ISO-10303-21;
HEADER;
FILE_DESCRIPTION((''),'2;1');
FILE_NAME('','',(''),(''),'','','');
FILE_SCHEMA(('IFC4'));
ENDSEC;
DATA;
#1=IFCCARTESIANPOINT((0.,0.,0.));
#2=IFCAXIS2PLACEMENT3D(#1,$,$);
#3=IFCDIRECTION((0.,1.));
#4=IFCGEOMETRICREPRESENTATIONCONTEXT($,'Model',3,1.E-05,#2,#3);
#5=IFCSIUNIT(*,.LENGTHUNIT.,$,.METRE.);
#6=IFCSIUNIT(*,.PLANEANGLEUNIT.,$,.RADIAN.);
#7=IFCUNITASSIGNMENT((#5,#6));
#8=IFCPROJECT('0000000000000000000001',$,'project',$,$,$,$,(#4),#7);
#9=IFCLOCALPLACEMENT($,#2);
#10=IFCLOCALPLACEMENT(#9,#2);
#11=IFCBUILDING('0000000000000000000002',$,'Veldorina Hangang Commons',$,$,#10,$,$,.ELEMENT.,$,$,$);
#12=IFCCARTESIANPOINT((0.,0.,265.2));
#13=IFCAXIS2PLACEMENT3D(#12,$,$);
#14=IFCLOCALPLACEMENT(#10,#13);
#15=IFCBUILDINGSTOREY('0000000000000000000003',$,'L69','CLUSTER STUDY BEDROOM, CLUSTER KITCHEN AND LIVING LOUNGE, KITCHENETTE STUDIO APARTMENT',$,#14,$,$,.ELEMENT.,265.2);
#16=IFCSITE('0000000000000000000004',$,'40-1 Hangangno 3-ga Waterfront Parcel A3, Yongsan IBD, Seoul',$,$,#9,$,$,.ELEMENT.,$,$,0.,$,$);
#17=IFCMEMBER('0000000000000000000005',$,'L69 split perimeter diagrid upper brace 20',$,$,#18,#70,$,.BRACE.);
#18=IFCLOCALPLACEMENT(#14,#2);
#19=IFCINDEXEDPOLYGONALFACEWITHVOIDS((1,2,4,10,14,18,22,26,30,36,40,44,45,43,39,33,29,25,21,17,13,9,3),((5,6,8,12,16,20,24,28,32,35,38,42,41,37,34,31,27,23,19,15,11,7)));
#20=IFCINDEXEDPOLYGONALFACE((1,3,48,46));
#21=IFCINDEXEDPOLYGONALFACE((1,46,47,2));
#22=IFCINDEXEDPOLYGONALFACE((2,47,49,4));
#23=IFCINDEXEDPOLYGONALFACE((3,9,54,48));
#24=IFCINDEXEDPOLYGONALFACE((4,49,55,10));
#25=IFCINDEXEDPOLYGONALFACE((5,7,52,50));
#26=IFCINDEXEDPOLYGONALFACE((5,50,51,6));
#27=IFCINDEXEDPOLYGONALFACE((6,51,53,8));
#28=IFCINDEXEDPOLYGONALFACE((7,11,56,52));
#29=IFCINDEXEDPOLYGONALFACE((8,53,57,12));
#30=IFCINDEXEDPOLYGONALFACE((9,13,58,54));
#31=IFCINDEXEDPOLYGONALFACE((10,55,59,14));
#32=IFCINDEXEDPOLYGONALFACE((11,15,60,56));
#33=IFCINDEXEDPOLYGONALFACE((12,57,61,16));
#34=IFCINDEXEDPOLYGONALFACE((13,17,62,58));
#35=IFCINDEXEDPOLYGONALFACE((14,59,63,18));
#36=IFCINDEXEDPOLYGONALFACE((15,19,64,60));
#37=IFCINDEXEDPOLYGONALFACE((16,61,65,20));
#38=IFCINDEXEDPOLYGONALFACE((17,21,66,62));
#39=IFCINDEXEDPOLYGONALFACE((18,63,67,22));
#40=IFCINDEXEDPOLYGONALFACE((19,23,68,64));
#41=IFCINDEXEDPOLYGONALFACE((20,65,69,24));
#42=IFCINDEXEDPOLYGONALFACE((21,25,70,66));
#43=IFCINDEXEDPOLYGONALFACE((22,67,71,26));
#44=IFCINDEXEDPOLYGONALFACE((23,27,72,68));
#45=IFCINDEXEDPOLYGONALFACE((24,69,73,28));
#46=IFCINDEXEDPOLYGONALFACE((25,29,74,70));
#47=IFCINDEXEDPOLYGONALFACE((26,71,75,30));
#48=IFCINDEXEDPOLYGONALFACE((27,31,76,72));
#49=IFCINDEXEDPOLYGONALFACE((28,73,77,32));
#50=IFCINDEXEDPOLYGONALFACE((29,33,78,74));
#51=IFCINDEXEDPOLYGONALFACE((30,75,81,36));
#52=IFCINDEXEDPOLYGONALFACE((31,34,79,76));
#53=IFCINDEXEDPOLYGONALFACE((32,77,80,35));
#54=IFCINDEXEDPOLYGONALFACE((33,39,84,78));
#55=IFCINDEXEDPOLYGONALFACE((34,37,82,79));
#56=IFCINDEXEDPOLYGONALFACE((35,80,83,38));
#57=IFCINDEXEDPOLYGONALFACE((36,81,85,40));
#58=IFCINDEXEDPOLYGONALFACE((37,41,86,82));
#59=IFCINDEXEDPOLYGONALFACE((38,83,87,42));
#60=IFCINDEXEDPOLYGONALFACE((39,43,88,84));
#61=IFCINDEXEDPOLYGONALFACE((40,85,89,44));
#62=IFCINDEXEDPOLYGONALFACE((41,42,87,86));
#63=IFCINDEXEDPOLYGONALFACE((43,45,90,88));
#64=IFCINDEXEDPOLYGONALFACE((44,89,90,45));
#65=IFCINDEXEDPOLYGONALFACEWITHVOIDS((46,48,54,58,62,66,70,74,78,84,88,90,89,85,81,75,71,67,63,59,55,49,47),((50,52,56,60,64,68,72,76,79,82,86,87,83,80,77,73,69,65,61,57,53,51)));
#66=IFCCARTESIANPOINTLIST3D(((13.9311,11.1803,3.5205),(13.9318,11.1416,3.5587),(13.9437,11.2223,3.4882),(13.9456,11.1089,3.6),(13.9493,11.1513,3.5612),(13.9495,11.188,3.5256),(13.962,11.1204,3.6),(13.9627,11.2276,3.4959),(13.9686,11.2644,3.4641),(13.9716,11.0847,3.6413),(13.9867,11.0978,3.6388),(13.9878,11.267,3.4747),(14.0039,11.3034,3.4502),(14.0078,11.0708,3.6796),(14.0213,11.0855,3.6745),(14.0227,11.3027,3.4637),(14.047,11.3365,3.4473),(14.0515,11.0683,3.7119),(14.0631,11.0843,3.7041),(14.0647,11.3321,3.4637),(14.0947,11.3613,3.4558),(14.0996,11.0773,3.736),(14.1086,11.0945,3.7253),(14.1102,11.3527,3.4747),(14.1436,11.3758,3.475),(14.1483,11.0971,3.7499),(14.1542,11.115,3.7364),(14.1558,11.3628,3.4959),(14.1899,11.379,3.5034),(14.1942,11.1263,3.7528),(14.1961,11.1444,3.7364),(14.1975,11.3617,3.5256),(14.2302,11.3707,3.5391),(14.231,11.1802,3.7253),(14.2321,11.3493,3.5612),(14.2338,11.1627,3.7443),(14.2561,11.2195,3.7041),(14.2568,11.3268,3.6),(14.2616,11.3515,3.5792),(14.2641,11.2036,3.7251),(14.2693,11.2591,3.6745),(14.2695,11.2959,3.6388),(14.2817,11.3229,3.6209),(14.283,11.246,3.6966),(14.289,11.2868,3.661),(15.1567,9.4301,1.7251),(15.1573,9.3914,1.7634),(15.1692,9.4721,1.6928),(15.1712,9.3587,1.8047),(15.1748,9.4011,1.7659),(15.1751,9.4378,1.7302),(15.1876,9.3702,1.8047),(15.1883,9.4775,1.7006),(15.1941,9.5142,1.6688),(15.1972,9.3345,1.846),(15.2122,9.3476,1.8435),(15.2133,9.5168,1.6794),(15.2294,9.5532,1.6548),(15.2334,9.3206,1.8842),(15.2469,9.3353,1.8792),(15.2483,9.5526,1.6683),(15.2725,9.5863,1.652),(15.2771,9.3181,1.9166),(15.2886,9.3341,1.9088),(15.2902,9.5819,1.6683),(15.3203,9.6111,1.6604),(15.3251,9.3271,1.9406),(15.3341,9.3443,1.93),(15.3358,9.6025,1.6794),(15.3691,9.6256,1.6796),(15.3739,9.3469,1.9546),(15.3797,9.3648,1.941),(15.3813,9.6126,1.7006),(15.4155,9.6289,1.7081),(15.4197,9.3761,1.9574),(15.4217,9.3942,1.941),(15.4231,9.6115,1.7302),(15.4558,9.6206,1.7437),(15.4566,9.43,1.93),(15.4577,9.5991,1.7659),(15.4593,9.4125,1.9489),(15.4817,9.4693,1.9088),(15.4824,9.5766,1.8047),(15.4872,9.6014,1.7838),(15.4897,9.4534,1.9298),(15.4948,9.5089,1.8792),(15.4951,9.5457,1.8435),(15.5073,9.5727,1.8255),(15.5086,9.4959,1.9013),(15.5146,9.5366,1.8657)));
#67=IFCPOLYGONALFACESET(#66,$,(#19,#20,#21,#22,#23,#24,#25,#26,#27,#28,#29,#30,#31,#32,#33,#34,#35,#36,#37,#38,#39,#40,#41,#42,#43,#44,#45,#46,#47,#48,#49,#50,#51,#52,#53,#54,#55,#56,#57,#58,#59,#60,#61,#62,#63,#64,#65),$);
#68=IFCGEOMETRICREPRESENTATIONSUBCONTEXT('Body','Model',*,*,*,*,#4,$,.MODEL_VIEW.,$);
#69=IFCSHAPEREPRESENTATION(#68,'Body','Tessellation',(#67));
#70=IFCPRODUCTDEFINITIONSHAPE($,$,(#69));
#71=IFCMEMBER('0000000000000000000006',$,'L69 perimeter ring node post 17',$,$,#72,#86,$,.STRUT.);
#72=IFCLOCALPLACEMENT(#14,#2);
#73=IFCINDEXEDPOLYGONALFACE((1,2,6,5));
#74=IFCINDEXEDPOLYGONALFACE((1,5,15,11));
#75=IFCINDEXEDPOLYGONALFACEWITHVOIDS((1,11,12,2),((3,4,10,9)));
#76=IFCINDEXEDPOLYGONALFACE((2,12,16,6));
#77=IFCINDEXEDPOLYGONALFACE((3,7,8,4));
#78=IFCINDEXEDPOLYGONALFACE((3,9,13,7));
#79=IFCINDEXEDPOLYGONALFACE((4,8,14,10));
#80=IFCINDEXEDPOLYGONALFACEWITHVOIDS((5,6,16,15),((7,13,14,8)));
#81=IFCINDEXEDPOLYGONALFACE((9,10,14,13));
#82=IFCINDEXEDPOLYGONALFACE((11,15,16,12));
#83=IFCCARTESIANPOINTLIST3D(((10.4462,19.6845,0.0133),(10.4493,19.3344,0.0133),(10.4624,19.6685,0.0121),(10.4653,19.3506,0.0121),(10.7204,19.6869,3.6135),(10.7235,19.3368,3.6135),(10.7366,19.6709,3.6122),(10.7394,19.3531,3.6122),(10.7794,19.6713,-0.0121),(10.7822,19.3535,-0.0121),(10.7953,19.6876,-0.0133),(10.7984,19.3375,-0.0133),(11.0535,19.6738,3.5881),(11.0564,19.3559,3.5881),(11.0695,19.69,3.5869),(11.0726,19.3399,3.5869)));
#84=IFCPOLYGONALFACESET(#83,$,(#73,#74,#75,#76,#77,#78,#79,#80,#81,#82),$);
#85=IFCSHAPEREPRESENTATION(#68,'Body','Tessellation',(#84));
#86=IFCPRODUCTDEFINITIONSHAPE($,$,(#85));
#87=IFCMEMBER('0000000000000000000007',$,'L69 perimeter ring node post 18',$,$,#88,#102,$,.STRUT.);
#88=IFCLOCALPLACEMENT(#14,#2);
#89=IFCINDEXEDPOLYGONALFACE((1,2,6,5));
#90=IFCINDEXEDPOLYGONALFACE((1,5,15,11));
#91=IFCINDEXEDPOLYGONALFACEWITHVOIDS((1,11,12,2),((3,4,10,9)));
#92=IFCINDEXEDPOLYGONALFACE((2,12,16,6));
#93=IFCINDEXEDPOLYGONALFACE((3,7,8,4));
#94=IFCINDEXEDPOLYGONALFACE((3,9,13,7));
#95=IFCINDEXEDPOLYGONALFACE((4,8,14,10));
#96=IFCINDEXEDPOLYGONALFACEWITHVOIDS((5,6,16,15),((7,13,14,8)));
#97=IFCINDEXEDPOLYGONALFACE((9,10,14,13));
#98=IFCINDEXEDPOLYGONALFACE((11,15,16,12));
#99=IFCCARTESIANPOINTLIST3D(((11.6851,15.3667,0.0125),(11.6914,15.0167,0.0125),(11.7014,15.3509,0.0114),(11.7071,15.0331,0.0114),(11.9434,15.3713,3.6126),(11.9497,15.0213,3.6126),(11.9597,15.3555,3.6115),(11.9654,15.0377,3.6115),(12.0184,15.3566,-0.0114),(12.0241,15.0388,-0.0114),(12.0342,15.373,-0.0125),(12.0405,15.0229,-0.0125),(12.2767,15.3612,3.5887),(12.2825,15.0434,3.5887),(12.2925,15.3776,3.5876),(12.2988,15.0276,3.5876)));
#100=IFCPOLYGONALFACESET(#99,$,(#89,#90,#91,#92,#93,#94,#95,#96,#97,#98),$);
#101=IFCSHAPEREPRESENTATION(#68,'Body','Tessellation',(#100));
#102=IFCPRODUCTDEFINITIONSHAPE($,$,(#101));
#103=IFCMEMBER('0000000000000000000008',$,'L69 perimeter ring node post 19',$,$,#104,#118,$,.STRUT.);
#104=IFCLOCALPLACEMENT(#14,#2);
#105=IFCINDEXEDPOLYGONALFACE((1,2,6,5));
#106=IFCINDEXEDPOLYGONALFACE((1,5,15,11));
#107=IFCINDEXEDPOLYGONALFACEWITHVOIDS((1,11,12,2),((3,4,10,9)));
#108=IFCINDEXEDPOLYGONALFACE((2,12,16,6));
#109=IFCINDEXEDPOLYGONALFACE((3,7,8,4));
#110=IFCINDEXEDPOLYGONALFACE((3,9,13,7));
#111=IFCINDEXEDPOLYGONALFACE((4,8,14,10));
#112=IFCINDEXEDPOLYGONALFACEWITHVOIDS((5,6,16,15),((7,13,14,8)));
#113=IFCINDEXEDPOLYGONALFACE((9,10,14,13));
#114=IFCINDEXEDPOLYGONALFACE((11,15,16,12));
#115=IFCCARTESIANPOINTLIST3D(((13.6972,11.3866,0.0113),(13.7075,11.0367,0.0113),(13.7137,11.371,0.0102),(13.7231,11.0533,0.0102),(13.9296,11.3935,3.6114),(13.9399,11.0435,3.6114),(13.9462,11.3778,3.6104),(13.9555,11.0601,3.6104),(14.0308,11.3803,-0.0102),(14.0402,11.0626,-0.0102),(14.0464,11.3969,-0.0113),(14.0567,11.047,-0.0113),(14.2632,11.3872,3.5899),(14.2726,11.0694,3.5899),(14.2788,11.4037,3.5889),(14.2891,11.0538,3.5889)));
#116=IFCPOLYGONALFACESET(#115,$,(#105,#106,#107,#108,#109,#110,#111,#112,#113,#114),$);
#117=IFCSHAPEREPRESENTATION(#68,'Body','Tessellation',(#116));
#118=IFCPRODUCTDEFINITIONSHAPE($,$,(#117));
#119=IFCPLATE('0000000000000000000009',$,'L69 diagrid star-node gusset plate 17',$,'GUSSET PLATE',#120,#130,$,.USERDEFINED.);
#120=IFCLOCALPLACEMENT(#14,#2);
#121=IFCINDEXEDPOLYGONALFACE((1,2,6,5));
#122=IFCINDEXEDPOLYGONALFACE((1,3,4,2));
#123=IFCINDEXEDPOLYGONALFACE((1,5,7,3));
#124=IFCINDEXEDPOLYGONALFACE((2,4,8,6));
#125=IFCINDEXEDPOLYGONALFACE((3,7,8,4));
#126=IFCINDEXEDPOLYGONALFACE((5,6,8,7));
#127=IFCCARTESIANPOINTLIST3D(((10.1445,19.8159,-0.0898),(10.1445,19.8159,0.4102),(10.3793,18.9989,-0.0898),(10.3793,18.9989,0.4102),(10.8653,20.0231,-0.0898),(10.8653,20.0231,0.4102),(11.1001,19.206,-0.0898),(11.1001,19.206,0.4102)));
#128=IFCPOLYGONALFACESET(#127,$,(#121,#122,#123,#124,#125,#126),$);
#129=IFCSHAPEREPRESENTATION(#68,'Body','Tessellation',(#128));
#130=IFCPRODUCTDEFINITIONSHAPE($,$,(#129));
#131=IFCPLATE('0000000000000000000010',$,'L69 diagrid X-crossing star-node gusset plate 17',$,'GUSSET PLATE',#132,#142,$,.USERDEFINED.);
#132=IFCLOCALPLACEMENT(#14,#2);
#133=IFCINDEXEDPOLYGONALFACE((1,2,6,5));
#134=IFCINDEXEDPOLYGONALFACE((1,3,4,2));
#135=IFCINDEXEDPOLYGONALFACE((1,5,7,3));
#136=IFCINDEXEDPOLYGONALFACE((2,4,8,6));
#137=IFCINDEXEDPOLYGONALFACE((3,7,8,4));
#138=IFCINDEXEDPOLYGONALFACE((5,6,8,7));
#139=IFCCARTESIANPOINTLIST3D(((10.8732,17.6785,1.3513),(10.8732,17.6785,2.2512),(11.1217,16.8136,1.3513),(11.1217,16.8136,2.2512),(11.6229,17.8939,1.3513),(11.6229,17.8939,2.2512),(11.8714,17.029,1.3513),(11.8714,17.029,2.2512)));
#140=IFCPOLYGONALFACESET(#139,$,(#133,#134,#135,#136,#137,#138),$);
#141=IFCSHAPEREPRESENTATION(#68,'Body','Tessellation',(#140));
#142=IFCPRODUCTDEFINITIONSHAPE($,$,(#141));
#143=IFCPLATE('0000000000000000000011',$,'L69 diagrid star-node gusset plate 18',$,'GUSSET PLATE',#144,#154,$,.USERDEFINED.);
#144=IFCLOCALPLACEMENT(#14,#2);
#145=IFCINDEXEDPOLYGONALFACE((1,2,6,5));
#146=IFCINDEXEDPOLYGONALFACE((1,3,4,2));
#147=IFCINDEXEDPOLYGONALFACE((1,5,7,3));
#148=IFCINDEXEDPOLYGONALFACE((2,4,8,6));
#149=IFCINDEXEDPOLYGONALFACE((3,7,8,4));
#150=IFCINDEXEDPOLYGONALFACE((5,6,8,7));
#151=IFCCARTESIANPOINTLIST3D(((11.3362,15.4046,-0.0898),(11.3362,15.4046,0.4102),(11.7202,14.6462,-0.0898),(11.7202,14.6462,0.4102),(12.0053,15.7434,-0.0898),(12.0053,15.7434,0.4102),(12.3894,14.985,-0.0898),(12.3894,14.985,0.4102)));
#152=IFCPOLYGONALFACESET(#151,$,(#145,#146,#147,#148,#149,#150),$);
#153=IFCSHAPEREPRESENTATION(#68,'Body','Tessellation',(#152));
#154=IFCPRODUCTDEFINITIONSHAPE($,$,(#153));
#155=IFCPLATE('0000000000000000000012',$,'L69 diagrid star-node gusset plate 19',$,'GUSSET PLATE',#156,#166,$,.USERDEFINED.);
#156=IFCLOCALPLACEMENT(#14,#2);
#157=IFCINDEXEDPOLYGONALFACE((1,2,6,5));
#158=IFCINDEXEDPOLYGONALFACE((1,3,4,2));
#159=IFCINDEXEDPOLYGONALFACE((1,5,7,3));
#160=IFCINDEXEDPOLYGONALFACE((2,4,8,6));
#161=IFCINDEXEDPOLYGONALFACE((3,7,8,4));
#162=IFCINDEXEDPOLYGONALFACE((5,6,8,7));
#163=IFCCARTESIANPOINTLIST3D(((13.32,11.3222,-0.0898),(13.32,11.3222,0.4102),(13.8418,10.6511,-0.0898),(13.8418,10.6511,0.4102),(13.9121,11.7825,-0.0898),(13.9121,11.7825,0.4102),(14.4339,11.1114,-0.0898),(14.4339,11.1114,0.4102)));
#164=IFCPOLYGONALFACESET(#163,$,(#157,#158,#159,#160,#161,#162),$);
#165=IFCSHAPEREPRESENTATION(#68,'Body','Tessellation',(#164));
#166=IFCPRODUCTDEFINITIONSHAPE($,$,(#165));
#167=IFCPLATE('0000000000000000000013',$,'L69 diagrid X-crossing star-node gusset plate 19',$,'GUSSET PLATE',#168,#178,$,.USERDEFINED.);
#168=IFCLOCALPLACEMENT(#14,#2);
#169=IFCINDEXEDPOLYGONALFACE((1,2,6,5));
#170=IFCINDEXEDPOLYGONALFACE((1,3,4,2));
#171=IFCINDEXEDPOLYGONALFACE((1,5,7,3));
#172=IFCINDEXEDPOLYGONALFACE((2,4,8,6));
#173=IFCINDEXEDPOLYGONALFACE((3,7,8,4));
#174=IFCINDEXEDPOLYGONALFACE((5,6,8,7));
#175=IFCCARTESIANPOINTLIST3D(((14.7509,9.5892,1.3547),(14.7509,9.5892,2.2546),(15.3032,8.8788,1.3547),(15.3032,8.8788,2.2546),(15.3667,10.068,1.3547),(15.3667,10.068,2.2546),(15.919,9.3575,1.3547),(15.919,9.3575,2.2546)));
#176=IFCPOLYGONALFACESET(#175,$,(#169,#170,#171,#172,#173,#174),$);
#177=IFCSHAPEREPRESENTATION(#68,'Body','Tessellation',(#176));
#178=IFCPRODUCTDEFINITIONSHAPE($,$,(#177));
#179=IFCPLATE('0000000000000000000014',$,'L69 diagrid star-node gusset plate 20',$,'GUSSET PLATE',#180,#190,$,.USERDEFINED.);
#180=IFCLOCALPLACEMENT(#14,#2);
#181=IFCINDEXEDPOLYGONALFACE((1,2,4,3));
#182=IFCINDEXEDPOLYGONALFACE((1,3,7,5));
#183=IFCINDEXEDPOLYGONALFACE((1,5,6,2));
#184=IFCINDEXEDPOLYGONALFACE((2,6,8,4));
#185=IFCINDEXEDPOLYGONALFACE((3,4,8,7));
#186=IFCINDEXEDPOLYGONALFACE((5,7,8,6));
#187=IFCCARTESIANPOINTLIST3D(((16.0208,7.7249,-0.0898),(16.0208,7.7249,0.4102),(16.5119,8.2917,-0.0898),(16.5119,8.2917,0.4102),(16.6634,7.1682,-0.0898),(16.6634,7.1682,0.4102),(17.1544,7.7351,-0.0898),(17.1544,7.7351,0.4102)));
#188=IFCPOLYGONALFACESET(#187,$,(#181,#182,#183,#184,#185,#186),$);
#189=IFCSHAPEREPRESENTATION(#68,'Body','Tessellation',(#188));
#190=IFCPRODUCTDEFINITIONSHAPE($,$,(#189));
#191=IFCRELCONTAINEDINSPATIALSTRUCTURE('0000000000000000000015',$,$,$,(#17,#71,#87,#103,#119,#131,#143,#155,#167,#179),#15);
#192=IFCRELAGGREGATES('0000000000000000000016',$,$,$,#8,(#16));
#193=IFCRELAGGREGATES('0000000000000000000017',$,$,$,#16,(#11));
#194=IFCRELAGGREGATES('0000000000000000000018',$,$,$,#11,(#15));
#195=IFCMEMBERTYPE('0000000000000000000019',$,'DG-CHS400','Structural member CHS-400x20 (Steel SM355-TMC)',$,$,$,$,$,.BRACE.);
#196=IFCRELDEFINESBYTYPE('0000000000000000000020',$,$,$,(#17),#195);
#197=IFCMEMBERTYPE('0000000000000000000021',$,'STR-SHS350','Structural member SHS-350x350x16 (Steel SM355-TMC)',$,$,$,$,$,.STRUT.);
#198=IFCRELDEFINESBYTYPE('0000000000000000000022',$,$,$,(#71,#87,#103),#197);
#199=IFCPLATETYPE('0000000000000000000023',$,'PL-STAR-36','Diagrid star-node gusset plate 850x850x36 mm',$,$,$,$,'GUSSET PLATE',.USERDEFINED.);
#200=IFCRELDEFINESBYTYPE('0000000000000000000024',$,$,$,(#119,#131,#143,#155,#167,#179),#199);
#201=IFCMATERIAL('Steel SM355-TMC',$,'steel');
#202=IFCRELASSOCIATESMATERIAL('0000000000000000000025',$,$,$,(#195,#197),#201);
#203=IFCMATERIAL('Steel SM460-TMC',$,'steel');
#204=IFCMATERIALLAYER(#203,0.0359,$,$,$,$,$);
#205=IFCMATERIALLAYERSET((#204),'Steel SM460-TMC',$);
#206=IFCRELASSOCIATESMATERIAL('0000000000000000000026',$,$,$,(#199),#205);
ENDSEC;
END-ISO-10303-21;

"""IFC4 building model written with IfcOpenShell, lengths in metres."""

from ifc_helpers import new_model, si_unit, direction, frame, origin, origin_2d, place, context, subcontext, project, spatial, rectangle, hollow_rectangle, hollow_circle, extrude, material, layer, layer_set, material_profile, profile_set, type_object, element, save


model = new_model("IFC4")

# Units and contexts
model_context = context("Model", 3, precision=1e-05, world=origin(), true_north=direction((0.0, 1.0)))
body_context = subcontext(model_context, "Body", "Model", "MODEL_VIEW")
ifc_project = project(units=[si_unit("LENGTHUNIT", "METRE"), si_unit("PLANEANGLEUNIT", "RADIAN")], contexts=[model_context])

# Site, building, storey
site_placement = place(None, origin())
site = spatial("IfcSite", under=ifc_project, at=site_placement, Name="40-1 Hangangno 3-ga Waterfront Parcel A3, Yongsan IBD, Seoul", CompositionType="ELEMENT", RefElevation=0.0)
building_placement = place(site_placement, origin())
building = spatial("IfcBuilding", under=site, at=building_placement, Name="Veldorina Hangang Commons", CompositionType="ELEMENT")
storey_placement = place(building_placement, frame((0.0, 0.0, 265.2)))
storey = spatial("IfcBuildingStorey", under=building, at=storey_placement, Name="L69", Description="CLUSTER STUDY BEDROOM, CLUSTER KITCHEN AND LIVING LOUNGE, KITCHENETTE STUDIO APARTMENT", CompositionType="ELEMENT", Elevation=265.2)

# Shared definitions
ifc_material_1 = material(Name="Steel SM355-TMC", Category="steel")

# Members
ifc_material_profile_1 = material_profile(ifc_material_1, hollow_circle(Radius=0.2, WallThickness=0.02, at=origin_2d()), Name="CHS-400x20")
ifc_profile_set_1 = profile_set([ifc_material_profile_1], Name="Steel SM355-TMC")
member_type_1 = type_object("IfcMemberType", Name="DG-CHS400", Description="Structural member CHS-400x20 (Steel SM355-TMC)", PredefinedType="BRACE", material=ifc_profile_set_1)
member_1_placement = place(storey_placement, frame((15.335, 9.4734, 1.8047), z_axis=(-0.439142, 0.627134, 0.643317), x_axis=(-0.819141, -0.573593, 0.0)))
element("IfcMember", 1, at=member_1_placement, inside=storey, type_object=member_type_1, Name="L69 split perimeter diagrid upper brace 20", PredefinedType="BRACE", context=body_context, shape_type="SweptSolid", body=[
    extrude(hollow_circle(Radius=0.2, WallThickness=0.02, at=origin_2d()), origin(), (0.0, 0.0, 1.0), 2.7908),
])
ifc_material_profile_2 = material_profile(ifc_material_1, hollow_rectangle(XDim=0.3501, YDim=0.3501, WallThickness=0.0161, at=origin_2d()), Name="SHS-350x350x16")
ifc_profile_set_2 = profile_set([ifc_material_profile_2], Name="Steel SM355-TMC")
member_type_2 = type_object("IfcMemberType", Name="STR-SHS350", Description="Structural member SHS-350x350x16 (Steel SM355-TMC)", PredefinedType="STRUT", material=ifc_profile_set_2)
member_2_placement = place(storey_placement, frame((10.6223, 19.511, 0.0), z_axis=(0.075936, 0.000676, 0.997112), x_axis=(-0.008904, 0.99996, 0.0)))
element("IfcMember", 2, at=member_2_placement, inside=storey, type_object=member_type_2, Name="L69 perimeter ring node post 17", PredefinedType="STRUT", context=body_context, shape_type="SweptSolid", body=[
    extrude(hollow_rectangle(XDim=0.3501, YDim=0.3501, WallThickness=0.0161, at=origin_2d()), origin(), (0.0, 0.0, 1.0), 3.6106),
])
member_3_placement = place(storey_placement, frame((11.8628, 15.1948, 0.0), z_axis=(0.071564, 0.001285, 0.997435), x_axis=(-0.017956, 0.999839, 0.0)))
element("IfcMember", 3, at=member_3_placement, inside=storey, type_object=member_type_2, Name="L69 perimeter ring node post 18", PredefinedType="STRUT", context=body_context, shape_type="SweptSolid", body=[
    extrude(hollow_rectangle(XDim=0.3501, YDim=0.3501, WallThickness=0.0161, at=origin_2d()), origin(), (0.0, 0.0, 1.0), 3.6094),
])
member_4_placement = place(storey_placement, frame((13.877, 11.2168, 0.0), z_axis=(0.064426, 0.001895, 0.997921), x_axis=(-0.029399, 0.999568, 0.0)))
element("IfcMember", 4, at=member_4_placement, inside=storey, type_object=member_type_2, Name="L69 perimeter ring node post 19", PredefinedType="STRUT", context=body_context, shape_type="SweptSolid", body=[
    extrude(hollow_rectangle(XDim=0.3501, YDim=0.3501, WallThickness=0.0161, at=origin_2d()), origin(), (0.0, 0.0, 1.0), 3.6077),
])

# Plates
ifc_material_2 = material(Name="Steel SM460-TMC", Category="steel")
ifc_layer_1 = layer(ifc_material_2, 0.0359)
ifc_layer_set_1 = layer_set([ifc_layer_1], Name="Steel SM460-TMC")
plate_type = type_object("IfcPlateType", Name="PL-STAR-36", Description="Diagrid star-node gusset plate 850x850x36 mm", ElementType="GUSSET PLATE", PredefinedType="USERDEFINED", material=ifc_layer_set_1)
plate_1_placement = place(storey_placement, frame((10.6223, 19.511, -0.0898), z_axis=(0.0, 0.0, 1.0), x_axis=(0.276191, -0.961103, 0.0)))
element("IfcPlate", 5, at=plate_1_placement, inside=storey, type_object=plate_type, Name="L69 diagrid star-node gusset plate 17", ObjectType="GUSSET PLATE", PredefinedType="USERDEFINED", context=body_context, shape_type="SweptSolid", body=[
    extrude(rectangle(XDim=0.8501, YDim=0.75, at=origin_2d()), origin(), (0.0, 0.0, 1.0), 0.5),
])
plate_2_placement = place(storey_placement, frame((11.3723, 17.3538, 1.3513), z_axis=(0.0, 0.0, 1.0), x_axis=(0.276191, -0.961103, 0.0)))
element("IfcPlate", 6, at=plate_2_placement, inside=storey, type_object=plate_type, Name="L69 diagrid X-crossing star-node gusset plate 17", ObjectType="GUSSET PLATE", PredefinedType="USERDEFINED", context=body_context, shape_type="SweptSolid", body=[
    extrude(rectangle(XDim=0.8999, YDim=0.78, at=origin_2d()), origin(), (0.0, 0.0, 1.0), 0.8999),
])
for number, where, z_axis, x_axis, name in (
    (7, (11.8628, 15.1948, -0.0898), (0.0, 0.0, 1.0), (0.451734, -0.892153, 0.0), "L69 diagrid star-node gusset plate 18"),
    (8, (13.877, 11.2168, -0.0898), (0.0, 0.0, 1.0), (0.613762, -0.789491, 0.0), "L69 diagrid star-node gusset plate 19"),
):
    element("IfcPlate", number, at=place(storey_placement, frame(where, z_axis=z_axis, x_axis=x_axis)), inside=storey, type_object=plate_type, Name=name, ObjectType="GUSSET PLATE", PredefinedType="USERDEFINED", context=body_context, shape_type="SweptSolid", body=[
        extrude(rectangle(XDim=0.8501, YDim=0.75, at=origin_2d()), origin(), (0.0, 0.0, 1.0), 0.5),
    ])
plate_3_placement = place(storey_placement, frame((15.335, 9.4734, 1.3547), z_axis=(0.0, 0.0, 1.0), x_axis=(0.613762, -0.789491, 0.0)))
element("IfcPlate", 9, at=plate_3_placement, inside=storey, type_object=plate_type, Name="L69 diagrid X-crossing star-node gusset plate 19", ObjectType="GUSSET PLATE", PredefinedType="USERDEFINED", context=body_context, shape_type="SweptSolid", body=[
    extrude(rectangle(XDim=0.8999, YDim=0.78, at=origin_2d()), origin(), (0.0, 0.0, 1.0), 0.8999),
])
plate_4_placement = place(storey_placement, frame((16.5876, 7.73, -0.0898), z_axis=(0.0, 0.0, 1.0), x_axis=(0.755819, -0.65478, 0.0)))
element("IfcPlate", 10, at=plate_4_placement, inside=storey, type_object=plate_type, Name="L69 diagrid star-node gusset plate 20", ObjectType="GUSSET PLATE", PredefinedType="USERDEFINED", context=body_context, shape_type="SweptSolid", body=[
    extrude(rectangle(XDim=0.8501, YDim=0.75, at=origin_2d()), origin(), (0.0, 0.0, 1.0), 0.5),
])

save(model, "model.ifc")
